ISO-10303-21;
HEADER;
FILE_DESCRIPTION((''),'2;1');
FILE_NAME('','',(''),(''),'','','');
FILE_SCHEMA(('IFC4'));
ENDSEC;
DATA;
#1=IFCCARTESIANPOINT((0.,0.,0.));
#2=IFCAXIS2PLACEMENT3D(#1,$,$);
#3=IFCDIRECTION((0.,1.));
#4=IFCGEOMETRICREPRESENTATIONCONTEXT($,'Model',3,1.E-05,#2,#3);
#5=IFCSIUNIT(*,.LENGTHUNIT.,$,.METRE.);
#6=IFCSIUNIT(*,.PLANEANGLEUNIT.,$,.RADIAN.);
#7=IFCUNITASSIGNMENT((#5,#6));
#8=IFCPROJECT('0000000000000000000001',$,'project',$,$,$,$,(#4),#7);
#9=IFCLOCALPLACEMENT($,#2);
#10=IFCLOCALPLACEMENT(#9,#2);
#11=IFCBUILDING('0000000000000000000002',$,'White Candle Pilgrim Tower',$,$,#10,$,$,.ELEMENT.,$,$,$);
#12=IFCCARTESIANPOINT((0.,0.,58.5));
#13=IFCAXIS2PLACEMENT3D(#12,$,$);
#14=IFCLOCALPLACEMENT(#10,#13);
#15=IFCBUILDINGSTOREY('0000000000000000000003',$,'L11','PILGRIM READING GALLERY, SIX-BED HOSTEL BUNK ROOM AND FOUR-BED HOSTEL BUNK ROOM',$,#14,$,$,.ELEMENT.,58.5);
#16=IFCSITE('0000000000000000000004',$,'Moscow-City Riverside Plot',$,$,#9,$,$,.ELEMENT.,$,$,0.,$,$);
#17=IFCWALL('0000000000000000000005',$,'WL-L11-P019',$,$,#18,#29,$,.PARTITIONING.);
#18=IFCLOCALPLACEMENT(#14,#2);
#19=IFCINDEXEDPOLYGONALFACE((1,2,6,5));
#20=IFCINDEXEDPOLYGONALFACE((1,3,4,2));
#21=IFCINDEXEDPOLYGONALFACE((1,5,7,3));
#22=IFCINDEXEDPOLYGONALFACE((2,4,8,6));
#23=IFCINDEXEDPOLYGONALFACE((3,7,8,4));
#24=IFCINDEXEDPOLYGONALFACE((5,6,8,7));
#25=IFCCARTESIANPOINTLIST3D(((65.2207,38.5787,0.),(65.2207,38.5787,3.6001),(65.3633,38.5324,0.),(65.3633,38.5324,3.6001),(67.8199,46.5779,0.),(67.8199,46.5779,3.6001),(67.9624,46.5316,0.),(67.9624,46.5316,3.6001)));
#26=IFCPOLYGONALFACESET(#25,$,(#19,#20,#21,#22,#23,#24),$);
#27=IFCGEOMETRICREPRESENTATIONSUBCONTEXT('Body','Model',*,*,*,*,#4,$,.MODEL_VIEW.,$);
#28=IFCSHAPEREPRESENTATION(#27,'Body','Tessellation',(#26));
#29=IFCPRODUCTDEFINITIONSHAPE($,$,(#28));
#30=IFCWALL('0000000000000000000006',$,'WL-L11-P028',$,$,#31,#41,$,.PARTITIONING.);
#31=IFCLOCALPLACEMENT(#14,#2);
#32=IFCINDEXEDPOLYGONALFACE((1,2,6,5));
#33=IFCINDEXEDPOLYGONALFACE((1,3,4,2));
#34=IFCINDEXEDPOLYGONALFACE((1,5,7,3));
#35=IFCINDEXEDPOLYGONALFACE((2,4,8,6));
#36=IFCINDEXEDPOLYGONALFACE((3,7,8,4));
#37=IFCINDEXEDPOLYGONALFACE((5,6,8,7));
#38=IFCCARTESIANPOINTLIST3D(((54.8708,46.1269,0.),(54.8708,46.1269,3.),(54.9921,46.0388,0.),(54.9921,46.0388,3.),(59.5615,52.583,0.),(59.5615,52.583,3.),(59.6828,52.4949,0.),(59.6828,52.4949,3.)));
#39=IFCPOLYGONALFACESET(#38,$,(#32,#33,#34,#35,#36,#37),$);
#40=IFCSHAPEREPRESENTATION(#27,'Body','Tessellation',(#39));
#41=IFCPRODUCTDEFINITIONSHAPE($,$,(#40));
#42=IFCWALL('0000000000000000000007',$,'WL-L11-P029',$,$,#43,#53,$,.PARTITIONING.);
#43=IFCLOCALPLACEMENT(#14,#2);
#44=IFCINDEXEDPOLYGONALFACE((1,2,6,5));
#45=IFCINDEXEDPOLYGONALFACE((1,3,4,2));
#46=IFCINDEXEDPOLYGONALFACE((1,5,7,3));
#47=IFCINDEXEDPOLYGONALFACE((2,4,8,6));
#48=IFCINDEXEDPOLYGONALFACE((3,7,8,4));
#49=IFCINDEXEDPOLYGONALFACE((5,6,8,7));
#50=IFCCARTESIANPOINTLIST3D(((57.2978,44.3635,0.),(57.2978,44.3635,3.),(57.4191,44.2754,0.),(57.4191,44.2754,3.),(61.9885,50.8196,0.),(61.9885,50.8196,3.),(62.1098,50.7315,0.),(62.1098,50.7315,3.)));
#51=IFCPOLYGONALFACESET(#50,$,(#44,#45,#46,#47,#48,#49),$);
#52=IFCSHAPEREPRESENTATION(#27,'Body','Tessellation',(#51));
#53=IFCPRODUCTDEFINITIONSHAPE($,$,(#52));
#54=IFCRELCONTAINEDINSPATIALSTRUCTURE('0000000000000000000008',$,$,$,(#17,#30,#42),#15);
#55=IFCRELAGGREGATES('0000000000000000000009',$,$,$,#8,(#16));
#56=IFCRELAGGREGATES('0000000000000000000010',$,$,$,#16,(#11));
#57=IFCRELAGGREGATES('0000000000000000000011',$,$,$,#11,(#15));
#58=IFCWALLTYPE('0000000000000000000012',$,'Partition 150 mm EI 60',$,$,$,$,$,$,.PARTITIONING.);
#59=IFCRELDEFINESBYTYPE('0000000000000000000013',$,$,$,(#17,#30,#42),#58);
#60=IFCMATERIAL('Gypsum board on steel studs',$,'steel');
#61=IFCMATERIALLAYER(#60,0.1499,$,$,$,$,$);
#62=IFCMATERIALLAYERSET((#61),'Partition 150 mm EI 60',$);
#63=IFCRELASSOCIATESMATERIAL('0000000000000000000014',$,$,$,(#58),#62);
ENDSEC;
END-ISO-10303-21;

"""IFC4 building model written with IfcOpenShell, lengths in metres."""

from ifc_helpers import new_model, si_unit, direction, frame, frame_2d, origin, place, context, subcontext, project, spatial, rectangle, extrude, material, layer, layer_set, type_object, element, save


model = new_model("IFC4")

# Units and contexts
model_context = context("Model", 3, precision=1e-05, world=origin(), true_north=direction((0.0, 1.0)))
body_context = subcontext(model_context, "Body", "Model", "MODEL_VIEW")
ifc_project = project(units=[si_unit("LENGTHUNIT", "METRE"), si_unit("PLANEANGLEUNIT", "RADIAN")], contexts=[model_context])

# Site, building, storey
site_placement = place(None, origin())
site = spatial("IfcSite", under=ifc_project, at=site_placement, Name="Moscow-City Riverside Plot", CompositionType="ELEMENT", RefElevation=0.0)
building_placement = place(site_placement, origin())
building = spatial("IfcBuilding", under=site, at=building_placement, Name="White Candle Pilgrim Tower", CompositionType="ELEMENT")
storey_placement = place(building_placement, frame((0.0, 0.0, 58.5)))
storey = spatial("IfcBuildingStorey", under=building, at=storey_placement, Name="L11", Description="PILGRIM READING GALLERY, SIX-BED HOSTEL BUNK ROOM AND FOUR-BED HOSTEL BUNK ROOM", CompositionType="ELEMENT", Elevation=58.5)

# Shared definitions
ifc_material_1 = material(Name="Gypsum board on steel studs", Category="steel")

# Walls
ifc_layer_1 = layer(ifc_material_1, 0.1499)
ifc_layer_set_1 = layer_set([ifc_layer_1], Name="Partition 150 mm EI 60")
wall_type_1 = type_object("IfcWallType", Name="Partition 150 mm EI 60", PredefinedType="PARTITIONING", material=ifc_layer_set_1)
wall_1_placement = place(storey_placement, frame((65.292, 38.5554, 0.0), z_axis=(0.0, 0.0, 1.0), x_axis=(0.309017, 0.951056, 0.0)))
element("IfcWall", 1, at=wall_1_placement, inside=storey, type_object=wall_type_1, Name="WL-L11-P019", PredefinedType="PARTITIONING", context=body_context, shape_type="SweptSolid", body=[
    extrude(rectangle(XDim=8.4109, YDim=0.1499, at=frame_2d((4.2056, 0.0))), origin(), (0.0, 0.0, 1.0), 3.6001),
])
for number, where, z_axis, x_axis, name in (
    (2, (54.9314, 46.0828, 0.0), (0.0, 0.0, 1.0), (0.587791, 0.809012, 0.0), "WL-L11-P028"),
    (3, (57.3584, 44.3193, 0.0), (0.0, 0.0, 1.0), (0.587791, 0.809012, 0.0), "WL-L11-P029"),
):
    element("IfcWall", number, at=place(storey_placement, frame(where, z_axis=z_axis, x_axis=x_axis)), inside=storey, type_object=wall_type_1, Name=name, PredefinedType="PARTITIONING", context=body_context, shape_type="SweptSolid", body=[
        extrude(rectangle(XDim=7.9802, YDim=0.1499, at=frame_2d((3.9902, 0.0))), origin(), (0.0, 0.0, 1.0), 3.0),
    ])

save(model, "model.ifc")
